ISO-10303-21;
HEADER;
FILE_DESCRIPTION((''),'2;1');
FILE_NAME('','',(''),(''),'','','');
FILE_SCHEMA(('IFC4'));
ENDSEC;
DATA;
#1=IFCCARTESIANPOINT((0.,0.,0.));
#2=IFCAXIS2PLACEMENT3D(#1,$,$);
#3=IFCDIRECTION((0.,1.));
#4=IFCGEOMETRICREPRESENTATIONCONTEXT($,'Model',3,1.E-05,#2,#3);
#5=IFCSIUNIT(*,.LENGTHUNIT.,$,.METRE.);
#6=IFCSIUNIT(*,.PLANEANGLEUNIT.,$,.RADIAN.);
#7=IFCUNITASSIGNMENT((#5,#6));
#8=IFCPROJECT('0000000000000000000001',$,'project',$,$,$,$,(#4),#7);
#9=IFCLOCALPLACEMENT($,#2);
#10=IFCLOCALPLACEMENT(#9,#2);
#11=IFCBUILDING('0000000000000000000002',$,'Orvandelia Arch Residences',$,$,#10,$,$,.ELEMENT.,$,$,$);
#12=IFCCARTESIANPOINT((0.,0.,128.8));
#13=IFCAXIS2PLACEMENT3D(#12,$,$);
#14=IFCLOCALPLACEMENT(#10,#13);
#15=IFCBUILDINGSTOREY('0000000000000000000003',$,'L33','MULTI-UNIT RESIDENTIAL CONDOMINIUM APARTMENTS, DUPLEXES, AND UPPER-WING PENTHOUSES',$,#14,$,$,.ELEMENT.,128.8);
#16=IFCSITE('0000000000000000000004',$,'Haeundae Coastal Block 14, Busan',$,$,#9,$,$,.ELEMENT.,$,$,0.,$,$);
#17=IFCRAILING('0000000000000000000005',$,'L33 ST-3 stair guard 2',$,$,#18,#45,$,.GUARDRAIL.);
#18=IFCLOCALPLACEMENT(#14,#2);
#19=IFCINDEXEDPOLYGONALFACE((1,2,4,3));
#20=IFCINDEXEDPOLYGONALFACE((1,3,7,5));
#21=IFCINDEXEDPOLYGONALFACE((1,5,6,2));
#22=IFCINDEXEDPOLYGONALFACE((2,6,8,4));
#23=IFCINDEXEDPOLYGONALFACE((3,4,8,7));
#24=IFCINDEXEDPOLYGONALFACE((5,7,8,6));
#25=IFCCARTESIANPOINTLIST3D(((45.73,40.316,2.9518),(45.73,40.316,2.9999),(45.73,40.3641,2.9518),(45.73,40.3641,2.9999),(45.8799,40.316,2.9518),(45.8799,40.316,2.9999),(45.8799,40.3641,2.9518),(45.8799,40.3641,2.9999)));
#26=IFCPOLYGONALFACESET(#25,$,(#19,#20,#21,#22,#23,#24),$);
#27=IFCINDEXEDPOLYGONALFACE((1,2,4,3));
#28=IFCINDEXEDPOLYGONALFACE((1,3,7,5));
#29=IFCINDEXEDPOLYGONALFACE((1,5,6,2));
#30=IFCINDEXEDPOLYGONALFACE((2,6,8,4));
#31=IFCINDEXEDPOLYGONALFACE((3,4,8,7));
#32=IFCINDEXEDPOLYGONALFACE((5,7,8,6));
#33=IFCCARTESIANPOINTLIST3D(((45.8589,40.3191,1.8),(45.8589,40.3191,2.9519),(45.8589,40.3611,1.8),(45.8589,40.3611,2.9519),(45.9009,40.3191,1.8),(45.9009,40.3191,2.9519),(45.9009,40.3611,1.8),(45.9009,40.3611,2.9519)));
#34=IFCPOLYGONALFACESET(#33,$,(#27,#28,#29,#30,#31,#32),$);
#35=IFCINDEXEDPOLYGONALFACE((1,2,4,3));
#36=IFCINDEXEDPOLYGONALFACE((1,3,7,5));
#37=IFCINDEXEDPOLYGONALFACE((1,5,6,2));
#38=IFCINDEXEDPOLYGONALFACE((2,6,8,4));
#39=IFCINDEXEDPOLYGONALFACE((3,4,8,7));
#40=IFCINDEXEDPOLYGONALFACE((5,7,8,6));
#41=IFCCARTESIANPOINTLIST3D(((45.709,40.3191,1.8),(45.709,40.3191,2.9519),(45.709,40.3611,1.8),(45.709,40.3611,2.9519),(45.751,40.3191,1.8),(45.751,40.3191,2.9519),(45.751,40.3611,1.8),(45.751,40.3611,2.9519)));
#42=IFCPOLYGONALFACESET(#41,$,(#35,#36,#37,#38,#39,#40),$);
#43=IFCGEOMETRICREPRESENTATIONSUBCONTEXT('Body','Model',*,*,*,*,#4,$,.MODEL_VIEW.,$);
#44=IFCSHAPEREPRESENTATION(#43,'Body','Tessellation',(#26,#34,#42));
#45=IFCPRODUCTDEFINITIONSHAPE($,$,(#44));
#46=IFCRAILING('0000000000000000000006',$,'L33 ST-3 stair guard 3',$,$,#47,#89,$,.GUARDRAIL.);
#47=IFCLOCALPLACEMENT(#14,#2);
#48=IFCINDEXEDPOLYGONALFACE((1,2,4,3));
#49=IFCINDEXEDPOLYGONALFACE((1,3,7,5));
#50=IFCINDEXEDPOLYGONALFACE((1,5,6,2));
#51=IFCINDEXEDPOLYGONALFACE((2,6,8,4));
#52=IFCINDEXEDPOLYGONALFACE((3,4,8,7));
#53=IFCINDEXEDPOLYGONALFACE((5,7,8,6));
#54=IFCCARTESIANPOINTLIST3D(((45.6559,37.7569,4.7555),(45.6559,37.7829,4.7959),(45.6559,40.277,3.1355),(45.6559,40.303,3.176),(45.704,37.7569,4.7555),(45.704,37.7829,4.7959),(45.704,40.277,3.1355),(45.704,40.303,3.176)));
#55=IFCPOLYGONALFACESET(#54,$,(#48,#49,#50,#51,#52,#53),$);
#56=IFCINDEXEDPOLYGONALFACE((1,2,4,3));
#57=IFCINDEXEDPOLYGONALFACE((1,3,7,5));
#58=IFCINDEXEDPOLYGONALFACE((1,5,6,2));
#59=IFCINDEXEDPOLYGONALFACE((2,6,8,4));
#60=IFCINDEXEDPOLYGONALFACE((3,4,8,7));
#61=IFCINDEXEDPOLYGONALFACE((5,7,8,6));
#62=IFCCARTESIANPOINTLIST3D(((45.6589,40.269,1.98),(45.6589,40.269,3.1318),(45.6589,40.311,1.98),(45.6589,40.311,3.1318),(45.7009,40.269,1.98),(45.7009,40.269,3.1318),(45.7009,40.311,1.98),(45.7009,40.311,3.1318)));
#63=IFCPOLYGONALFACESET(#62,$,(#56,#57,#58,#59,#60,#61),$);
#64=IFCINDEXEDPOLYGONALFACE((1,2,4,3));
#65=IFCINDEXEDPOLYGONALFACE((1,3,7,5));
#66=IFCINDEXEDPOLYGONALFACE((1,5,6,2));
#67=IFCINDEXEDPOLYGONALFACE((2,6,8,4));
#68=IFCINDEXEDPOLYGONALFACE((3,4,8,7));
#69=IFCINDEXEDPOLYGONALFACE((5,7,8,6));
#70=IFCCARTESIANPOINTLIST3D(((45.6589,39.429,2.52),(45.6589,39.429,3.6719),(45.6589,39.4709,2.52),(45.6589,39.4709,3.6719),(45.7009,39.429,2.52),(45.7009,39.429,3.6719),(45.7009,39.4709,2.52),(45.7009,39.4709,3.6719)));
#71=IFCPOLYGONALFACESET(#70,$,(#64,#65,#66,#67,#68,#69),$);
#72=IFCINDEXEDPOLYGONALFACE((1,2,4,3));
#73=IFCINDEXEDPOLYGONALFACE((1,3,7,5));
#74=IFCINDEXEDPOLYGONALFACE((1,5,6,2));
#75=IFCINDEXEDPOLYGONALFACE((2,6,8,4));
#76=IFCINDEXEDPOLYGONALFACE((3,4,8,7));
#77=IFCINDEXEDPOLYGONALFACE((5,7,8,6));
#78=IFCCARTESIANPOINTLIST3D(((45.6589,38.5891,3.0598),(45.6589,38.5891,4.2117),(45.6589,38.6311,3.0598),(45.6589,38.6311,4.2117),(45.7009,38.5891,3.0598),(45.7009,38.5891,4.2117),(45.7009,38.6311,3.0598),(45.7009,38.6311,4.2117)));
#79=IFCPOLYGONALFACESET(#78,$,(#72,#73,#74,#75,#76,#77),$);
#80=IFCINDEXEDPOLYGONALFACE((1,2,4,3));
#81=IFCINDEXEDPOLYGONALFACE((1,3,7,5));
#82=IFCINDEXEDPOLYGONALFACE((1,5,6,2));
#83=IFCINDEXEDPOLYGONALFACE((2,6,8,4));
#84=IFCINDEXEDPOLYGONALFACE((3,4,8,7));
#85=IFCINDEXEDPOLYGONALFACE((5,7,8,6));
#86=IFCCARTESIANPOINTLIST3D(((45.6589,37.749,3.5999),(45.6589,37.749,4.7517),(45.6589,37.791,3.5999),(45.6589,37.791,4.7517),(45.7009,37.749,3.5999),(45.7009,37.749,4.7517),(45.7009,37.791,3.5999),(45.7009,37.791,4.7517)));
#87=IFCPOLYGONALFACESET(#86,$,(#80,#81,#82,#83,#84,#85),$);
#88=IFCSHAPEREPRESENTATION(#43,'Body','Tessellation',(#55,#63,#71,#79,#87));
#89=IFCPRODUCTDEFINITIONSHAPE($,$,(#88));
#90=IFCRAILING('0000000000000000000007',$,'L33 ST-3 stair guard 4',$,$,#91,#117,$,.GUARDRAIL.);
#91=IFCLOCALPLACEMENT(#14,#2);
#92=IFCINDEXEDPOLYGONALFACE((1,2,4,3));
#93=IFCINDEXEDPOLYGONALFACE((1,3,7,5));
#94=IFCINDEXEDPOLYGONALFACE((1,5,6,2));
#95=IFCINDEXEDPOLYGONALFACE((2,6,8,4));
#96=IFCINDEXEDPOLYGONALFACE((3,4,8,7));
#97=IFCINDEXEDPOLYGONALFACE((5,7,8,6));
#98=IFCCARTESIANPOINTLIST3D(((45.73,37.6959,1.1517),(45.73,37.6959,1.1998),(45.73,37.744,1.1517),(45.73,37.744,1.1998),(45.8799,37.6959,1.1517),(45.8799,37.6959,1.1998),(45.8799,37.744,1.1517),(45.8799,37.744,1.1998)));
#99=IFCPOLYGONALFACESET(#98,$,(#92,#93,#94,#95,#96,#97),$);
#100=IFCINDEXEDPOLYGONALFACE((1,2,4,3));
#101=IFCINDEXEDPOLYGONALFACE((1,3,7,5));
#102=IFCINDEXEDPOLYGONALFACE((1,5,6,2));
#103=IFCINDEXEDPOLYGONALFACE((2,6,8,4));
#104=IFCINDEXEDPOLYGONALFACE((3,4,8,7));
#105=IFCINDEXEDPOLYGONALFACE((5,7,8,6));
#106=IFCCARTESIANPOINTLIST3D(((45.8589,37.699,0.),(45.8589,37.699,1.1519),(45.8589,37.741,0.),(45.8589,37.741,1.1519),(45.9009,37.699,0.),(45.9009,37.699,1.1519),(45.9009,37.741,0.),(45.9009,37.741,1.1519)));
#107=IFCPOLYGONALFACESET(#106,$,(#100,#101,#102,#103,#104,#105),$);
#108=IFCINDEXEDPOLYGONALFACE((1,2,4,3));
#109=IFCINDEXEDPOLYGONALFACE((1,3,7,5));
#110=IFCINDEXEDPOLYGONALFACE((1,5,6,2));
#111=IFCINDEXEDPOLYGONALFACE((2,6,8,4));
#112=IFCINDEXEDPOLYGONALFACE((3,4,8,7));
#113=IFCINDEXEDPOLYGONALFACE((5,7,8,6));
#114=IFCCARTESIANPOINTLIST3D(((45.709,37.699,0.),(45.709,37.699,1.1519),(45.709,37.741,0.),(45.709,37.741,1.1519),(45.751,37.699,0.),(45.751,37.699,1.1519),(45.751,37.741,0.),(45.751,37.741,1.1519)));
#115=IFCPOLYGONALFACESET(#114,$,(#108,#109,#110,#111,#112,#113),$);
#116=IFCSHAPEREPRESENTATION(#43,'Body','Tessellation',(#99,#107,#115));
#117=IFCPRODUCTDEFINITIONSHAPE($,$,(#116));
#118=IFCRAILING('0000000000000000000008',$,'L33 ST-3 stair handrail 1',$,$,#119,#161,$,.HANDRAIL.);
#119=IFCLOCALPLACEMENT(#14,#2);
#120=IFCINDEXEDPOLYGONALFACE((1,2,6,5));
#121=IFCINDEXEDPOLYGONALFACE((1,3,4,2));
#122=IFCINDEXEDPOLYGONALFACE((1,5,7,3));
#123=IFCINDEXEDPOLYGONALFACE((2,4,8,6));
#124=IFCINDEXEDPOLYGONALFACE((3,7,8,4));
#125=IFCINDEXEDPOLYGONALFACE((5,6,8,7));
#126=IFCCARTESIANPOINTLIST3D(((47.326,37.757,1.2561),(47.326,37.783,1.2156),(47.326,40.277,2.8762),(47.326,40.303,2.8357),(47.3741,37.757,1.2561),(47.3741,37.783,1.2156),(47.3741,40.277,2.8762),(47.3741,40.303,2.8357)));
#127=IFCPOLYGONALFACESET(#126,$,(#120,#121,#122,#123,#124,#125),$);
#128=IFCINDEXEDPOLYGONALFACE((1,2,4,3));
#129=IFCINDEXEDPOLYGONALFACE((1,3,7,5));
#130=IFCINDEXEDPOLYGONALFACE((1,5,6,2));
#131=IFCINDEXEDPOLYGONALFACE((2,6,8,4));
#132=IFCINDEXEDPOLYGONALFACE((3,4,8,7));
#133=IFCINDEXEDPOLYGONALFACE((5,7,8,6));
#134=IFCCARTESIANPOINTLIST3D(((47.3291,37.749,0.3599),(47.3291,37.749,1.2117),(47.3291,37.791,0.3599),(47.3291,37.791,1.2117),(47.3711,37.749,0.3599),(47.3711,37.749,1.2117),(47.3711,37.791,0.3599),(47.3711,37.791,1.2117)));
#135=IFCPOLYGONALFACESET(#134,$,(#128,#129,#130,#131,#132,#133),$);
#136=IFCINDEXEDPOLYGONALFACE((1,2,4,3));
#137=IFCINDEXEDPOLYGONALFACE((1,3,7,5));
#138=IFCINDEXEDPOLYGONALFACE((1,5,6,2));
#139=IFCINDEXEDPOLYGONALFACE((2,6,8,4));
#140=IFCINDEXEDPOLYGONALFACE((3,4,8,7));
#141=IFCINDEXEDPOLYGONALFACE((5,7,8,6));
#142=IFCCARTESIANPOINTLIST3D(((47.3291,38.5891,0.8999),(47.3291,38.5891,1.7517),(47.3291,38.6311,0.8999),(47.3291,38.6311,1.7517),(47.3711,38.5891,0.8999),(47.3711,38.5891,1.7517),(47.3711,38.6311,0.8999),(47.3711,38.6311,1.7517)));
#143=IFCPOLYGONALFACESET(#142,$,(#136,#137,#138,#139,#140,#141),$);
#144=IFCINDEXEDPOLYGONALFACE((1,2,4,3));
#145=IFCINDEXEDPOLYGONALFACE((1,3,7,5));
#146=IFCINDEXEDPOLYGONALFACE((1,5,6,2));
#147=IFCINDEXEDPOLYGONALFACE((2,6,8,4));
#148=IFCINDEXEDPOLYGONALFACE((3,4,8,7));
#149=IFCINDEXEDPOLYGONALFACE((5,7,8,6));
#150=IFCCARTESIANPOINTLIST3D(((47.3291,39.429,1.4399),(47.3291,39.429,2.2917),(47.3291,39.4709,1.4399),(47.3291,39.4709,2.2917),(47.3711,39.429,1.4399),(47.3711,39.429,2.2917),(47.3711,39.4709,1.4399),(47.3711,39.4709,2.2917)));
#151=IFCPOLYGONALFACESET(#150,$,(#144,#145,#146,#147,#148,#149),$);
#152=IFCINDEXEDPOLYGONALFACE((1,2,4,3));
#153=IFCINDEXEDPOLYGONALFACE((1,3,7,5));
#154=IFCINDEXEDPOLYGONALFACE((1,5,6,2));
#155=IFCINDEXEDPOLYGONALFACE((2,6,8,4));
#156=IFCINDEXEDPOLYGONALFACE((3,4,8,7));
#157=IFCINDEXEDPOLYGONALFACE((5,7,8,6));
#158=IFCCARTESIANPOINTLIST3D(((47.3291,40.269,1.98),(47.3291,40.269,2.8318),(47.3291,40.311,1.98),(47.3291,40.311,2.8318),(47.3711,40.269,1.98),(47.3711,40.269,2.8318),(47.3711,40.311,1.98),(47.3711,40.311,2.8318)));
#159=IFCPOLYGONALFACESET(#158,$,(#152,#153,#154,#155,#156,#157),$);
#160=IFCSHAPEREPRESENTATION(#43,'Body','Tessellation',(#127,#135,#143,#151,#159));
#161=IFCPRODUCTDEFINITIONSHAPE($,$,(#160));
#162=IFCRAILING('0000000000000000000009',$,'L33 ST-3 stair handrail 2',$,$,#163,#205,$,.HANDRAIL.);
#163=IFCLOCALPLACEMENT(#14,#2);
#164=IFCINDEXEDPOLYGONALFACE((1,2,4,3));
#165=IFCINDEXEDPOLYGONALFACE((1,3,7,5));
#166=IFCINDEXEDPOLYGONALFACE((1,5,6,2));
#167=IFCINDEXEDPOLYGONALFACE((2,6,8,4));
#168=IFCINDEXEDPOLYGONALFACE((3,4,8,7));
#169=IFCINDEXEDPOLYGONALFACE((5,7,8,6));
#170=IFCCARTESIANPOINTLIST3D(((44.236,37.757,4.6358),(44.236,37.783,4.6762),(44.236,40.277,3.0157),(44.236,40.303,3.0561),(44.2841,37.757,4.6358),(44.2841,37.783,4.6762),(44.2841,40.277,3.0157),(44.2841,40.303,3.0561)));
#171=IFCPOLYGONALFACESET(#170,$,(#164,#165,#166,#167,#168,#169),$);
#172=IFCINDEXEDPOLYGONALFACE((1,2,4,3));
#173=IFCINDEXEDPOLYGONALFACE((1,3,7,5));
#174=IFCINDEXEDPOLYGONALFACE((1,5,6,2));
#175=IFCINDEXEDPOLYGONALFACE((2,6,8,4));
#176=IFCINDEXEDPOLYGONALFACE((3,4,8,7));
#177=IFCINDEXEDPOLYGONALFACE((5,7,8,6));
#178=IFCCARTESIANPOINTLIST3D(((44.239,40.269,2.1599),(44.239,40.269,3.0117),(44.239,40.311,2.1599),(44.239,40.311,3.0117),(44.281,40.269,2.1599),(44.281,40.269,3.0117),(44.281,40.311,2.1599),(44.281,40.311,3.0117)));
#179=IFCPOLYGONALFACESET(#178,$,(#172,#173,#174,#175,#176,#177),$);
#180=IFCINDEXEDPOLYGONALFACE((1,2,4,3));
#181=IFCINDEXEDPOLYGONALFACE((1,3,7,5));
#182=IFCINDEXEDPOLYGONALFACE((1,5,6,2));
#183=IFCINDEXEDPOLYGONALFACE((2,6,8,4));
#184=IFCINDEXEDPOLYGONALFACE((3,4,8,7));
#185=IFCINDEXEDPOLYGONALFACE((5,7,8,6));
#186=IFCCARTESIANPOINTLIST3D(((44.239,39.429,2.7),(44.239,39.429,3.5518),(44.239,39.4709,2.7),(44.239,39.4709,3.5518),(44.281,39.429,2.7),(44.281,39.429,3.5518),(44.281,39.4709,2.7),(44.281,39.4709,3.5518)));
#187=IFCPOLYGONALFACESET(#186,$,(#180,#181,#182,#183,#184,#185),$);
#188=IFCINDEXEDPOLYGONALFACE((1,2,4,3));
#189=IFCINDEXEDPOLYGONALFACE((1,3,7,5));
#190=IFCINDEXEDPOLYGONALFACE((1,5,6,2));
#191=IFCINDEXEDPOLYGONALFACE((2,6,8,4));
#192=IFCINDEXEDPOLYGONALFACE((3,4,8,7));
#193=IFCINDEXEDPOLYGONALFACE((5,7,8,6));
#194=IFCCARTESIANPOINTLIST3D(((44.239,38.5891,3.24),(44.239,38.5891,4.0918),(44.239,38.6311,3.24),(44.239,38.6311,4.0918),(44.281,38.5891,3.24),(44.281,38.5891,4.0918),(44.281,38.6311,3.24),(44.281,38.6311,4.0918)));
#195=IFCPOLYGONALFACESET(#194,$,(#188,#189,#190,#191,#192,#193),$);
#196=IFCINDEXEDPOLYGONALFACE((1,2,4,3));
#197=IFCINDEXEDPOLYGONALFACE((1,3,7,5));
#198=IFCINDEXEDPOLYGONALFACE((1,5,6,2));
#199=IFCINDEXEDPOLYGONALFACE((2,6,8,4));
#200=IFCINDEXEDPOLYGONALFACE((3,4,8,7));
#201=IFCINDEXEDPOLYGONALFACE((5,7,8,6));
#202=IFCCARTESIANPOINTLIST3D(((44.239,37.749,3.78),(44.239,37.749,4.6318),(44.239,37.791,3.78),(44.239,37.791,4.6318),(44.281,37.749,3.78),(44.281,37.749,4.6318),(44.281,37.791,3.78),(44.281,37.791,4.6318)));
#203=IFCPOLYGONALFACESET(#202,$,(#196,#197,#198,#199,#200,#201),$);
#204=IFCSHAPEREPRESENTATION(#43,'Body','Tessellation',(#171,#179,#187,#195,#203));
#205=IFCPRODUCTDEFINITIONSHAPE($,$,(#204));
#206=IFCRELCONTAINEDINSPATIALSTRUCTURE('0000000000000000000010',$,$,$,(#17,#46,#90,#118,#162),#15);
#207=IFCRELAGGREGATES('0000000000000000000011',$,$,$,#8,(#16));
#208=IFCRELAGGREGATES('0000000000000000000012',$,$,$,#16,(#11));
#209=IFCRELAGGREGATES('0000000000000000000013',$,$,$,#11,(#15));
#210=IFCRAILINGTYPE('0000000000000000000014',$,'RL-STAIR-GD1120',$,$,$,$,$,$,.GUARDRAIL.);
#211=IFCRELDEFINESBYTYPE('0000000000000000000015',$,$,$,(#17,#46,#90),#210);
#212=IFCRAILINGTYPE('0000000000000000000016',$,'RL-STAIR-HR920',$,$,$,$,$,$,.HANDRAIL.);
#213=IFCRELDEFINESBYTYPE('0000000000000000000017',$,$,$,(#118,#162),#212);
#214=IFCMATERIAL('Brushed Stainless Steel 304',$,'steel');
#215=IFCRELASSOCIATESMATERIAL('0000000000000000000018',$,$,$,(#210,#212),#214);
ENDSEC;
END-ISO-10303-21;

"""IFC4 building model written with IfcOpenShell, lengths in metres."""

from ifc_helpers import new_model, si_unit, direction, frame, origin, origin_2d, place, context, subcontext, project, spatial, rectangle, extrude, material, type_object, element, save


model = new_model("IFC4")

# Units and contexts
model_context = context("Model", 3, precision=1e-05, world=origin(), true_north=direction((0.0, 1.0)))
body_context = subcontext(model_context, "Body", "Model", "MODEL_VIEW")
ifc_project = project(units=[si_unit("LENGTHUNIT", "METRE"), si_unit("PLANEANGLEUNIT", "RADIAN")], contexts=[model_context])

# Site, building, storey
site_placement = place(None, origin())
site = spatial("IfcSite", under=ifc_project, at=site_placement, Name="Haeundae Coastal Block 14, Busan", CompositionType="ELEMENT", RefElevation=0.0)
building_placement = place(site_placement, origin())
building = spatial("IfcBuilding", under=site, at=building_placement, Name="Orvandelia Arch Residences", CompositionType="ELEMENT")
storey_placement = place(building_placement, frame((0.0, 0.0, 128.8)))
storey = spatial("IfcBuildingStorey", under=building, at=storey_placement, Name="L33", Description="MULTI-UNIT RESIDENTIAL CONDOMINIUM APARTMENTS, DUPLEXES, AND UPPER-WING PENTHOUSES", CompositionType="ELEMENT", Elevation=128.8)

# Railings
ifc_material_1 = material(Name="Brushed Stainless Steel 304", Category="steel")
railing_type_1 = type_object("IfcRailingType", Name="RL-STAIR-GD1120", PredefinedType="GUARDRAIL", material=ifc_material_1)
railing_1_placement = place(storey_placement, frame((45.8799, 40.3401, 1.8)))
element("IfcRailing", 1, at=railing_1_placement, inside=storey, type_object=railing_type_1, Name="L33 ST-3 stair guard 2", PredefinedType="GUARDRAIL", context=body_context, shape_type="SweptSolid", body=[
    extrude(rectangle(XDim=0.0481, YDim=0.0481, at=origin_2d()), frame((0.0, 0.0, 1.1758), z_axis=(-1.0, 0.0, 0.0), x_axis=(0.0, -1.0, 0.0)), (0.0, 0.0, 1.0), 0.1499),
    extrude(rectangle(XDim=0.042, YDim=0.042, at=origin_2d()), origin(), (0.0, 0.0, 1.0), 1.1519),
    extrude(rectangle(XDim=0.042, YDim=0.042, at=origin_2d()), frame((-0.1499, 0.0, 0.0)), (0.0, 0.0, 1.0), 1.1519),
])
railing_2_placement = place(storey_placement, frame((45.6799, 40.29, 1.98)))
element("IfcRailing", 2, at=railing_2_placement, inside=storey, type_object=railing_type_1, Name="L33 ST-3 stair guard 3", PredefinedType="GUARDRAIL", context=body_context, shape_type="SweptSolid", body=[
    extrude(rectangle(XDim=0.0481, YDim=0.0481, at=origin_2d()), frame((0.0, 0.0, 1.1758), z_axis=(0.0, -0.8412, 0.540725), x_axis=(1.0, 0.0, 0.0)), (0.0, 0.0, 1.0), 2.9958),
    extrude(rectangle(XDim=0.042, YDim=0.042, at=origin_2d()), origin(), (0.0, 0.0, 1.0), 1.1519),
    extrude(rectangle(XDim=0.042, YDim=0.042, at=origin_2d()), frame((0.0, -0.8401, 0.54)), (0.0, 0.0, 1.0), 1.1519),
    extrude(rectangle(XDim=0.042, YDim=0.042, at=origin_2d()), frame((0.0, -1.6799, 1.0798)), (0.0, 0.0, 1.0), 1.1519),
    extrude(rectangle(XDim=0.042, YDim=0.042, at=origin_2d()), frame((0.0, -2.52, 1.6199)), (0.0, 0.0, 1.0), 1.1519),
])
railing_3_placement = place(storey_placement, frame((45.8799, 37.72, 0.0)))
element("IfcRailing", 3, at=railing_3_placement, inside=storey, type_object=railing_type_1, Name="L33 ST-3 stair guard 4", PredefinedType="GUARDRAIL", context=body_context, shape_type="SweptSolid", body=[
    extrude(rectangle(XDim=0.0481, YDim=0.0481, at=origin_2d()), frame((0.0, 0.0, 1.1758), z_axis=(-1.0, 0.0, 0.0), x_axis=(0.0, -1.0, 0.0)), (0.0, 0.0, 1.0), 0.1499),
    extrude(rectangle(XDim=0.042, YDim=0.042, at=origin_2d()), origin(), (0.0, 0.0, 1.0), 1.1519),
    extrude(rectangle(XDim=0.042, YDim=0.042, at=origin_2d()), frame((-0.1499, 0.0, 0.0)), (0.0, 0.0, 1.0), 1.1519),
])
railing_type_2 = type_object("IfcRailingType", Name="RL-STAIR-HR920", PredefinedType="HANDRAIL", material=ifc_material_1)
railing_4_placement = place(storey_placement, frame((47.3501, 37.77, 0.3599)))
element("IfcRailing", 4, at=railing_4_placement, inside=storey, type_object=railing_type_2, Name="L33 ST-3 stair handrail 1", PredefinedType="HANDRAIL", context=body_context, shape_type="SweptSolid", body=[
    extrude(rectangle(XDim=0.0481, YDim=0.0481, at=origin_2d()), frame((0.0, 0.0, 0.876), z_axis=(0.0, 0.841163, 0.540782), x_axis=(-1.0, 0.0, 0.0)), (0.0, 0.0, 1.0), 2.9958),
    extrude(rectangle(XDim=0.042, YDim=0.042, at=origin_2d()), origin(), (0.0, 0.0, 1.0), 0.8518),
    extrude(rectangle(XDim=0.042, YDim=0.042, at=origin_2d()), frame((0.0, 0.8401, 0.54)), (0.0, 0.0, 1.0), 0.8518),
    extrude(rectangle(XDim=0.042, YDim=0.042, at=origin_2d()), frame((0.0, 1.6799, 1.0801)), (0.0, 0.0, 1.0), 0.8518),
    extrude(rectangle(XDim=0.042, YDim=0.042, at=origin_2d()), frame((0.0, 2.52, 1.6201)), (0.0, 0.0, 1.0), 0.8518),
])
railing_5_placement = place(storey_placement, frame((44.26, 40.29, 2.1599)))
element("IfcRailing", 5, at=railing_5_placement, inside=storey, type_object=railing_type_2, Name="L33 ST-3 stair handrail 2", PredefinedType="HANDRAIL", context=body_context, shape_type="SweptSolid", body=[
    extrude(rectangle(XDim=0.0481, YDim=0.0481, at=origin_2d()), frame((0.0, 0.0, 0.876), z_axis=(0.0, -0.841163, 0.540782), x_axis=(1.0, 0.0, 0.0)), (0.0, 0.0, 1.0), 2.9958),
    extrude(rectangle(XDim=0.042, YDim=0.042, at=origin_2d()), origin(), (0.0, 0.0, 1.0), 0.8518),
    extrude(rectangle(XDim=0.042, YDim=0.042, at=origin_2d()), frame((0.0, -0.8401, 0.54)), (0.0, 0.0, 1.0), 0.8518),
    extrude(rectangle(XDim=0.042, YDim=0.042, at=origin_2d()), frame((0.0, -1.6799, 1.0801)), (0.0, 0.0, 1.0), 0.8518),
    extrude(rectangle(XDim=0.042, YDim=0.042, at=origin_2d()), frame((0.0, -2.52, 1.6201)), (0.0, 0.0, 1.0), 0.8518),
])

save(model, "model.ifc")
